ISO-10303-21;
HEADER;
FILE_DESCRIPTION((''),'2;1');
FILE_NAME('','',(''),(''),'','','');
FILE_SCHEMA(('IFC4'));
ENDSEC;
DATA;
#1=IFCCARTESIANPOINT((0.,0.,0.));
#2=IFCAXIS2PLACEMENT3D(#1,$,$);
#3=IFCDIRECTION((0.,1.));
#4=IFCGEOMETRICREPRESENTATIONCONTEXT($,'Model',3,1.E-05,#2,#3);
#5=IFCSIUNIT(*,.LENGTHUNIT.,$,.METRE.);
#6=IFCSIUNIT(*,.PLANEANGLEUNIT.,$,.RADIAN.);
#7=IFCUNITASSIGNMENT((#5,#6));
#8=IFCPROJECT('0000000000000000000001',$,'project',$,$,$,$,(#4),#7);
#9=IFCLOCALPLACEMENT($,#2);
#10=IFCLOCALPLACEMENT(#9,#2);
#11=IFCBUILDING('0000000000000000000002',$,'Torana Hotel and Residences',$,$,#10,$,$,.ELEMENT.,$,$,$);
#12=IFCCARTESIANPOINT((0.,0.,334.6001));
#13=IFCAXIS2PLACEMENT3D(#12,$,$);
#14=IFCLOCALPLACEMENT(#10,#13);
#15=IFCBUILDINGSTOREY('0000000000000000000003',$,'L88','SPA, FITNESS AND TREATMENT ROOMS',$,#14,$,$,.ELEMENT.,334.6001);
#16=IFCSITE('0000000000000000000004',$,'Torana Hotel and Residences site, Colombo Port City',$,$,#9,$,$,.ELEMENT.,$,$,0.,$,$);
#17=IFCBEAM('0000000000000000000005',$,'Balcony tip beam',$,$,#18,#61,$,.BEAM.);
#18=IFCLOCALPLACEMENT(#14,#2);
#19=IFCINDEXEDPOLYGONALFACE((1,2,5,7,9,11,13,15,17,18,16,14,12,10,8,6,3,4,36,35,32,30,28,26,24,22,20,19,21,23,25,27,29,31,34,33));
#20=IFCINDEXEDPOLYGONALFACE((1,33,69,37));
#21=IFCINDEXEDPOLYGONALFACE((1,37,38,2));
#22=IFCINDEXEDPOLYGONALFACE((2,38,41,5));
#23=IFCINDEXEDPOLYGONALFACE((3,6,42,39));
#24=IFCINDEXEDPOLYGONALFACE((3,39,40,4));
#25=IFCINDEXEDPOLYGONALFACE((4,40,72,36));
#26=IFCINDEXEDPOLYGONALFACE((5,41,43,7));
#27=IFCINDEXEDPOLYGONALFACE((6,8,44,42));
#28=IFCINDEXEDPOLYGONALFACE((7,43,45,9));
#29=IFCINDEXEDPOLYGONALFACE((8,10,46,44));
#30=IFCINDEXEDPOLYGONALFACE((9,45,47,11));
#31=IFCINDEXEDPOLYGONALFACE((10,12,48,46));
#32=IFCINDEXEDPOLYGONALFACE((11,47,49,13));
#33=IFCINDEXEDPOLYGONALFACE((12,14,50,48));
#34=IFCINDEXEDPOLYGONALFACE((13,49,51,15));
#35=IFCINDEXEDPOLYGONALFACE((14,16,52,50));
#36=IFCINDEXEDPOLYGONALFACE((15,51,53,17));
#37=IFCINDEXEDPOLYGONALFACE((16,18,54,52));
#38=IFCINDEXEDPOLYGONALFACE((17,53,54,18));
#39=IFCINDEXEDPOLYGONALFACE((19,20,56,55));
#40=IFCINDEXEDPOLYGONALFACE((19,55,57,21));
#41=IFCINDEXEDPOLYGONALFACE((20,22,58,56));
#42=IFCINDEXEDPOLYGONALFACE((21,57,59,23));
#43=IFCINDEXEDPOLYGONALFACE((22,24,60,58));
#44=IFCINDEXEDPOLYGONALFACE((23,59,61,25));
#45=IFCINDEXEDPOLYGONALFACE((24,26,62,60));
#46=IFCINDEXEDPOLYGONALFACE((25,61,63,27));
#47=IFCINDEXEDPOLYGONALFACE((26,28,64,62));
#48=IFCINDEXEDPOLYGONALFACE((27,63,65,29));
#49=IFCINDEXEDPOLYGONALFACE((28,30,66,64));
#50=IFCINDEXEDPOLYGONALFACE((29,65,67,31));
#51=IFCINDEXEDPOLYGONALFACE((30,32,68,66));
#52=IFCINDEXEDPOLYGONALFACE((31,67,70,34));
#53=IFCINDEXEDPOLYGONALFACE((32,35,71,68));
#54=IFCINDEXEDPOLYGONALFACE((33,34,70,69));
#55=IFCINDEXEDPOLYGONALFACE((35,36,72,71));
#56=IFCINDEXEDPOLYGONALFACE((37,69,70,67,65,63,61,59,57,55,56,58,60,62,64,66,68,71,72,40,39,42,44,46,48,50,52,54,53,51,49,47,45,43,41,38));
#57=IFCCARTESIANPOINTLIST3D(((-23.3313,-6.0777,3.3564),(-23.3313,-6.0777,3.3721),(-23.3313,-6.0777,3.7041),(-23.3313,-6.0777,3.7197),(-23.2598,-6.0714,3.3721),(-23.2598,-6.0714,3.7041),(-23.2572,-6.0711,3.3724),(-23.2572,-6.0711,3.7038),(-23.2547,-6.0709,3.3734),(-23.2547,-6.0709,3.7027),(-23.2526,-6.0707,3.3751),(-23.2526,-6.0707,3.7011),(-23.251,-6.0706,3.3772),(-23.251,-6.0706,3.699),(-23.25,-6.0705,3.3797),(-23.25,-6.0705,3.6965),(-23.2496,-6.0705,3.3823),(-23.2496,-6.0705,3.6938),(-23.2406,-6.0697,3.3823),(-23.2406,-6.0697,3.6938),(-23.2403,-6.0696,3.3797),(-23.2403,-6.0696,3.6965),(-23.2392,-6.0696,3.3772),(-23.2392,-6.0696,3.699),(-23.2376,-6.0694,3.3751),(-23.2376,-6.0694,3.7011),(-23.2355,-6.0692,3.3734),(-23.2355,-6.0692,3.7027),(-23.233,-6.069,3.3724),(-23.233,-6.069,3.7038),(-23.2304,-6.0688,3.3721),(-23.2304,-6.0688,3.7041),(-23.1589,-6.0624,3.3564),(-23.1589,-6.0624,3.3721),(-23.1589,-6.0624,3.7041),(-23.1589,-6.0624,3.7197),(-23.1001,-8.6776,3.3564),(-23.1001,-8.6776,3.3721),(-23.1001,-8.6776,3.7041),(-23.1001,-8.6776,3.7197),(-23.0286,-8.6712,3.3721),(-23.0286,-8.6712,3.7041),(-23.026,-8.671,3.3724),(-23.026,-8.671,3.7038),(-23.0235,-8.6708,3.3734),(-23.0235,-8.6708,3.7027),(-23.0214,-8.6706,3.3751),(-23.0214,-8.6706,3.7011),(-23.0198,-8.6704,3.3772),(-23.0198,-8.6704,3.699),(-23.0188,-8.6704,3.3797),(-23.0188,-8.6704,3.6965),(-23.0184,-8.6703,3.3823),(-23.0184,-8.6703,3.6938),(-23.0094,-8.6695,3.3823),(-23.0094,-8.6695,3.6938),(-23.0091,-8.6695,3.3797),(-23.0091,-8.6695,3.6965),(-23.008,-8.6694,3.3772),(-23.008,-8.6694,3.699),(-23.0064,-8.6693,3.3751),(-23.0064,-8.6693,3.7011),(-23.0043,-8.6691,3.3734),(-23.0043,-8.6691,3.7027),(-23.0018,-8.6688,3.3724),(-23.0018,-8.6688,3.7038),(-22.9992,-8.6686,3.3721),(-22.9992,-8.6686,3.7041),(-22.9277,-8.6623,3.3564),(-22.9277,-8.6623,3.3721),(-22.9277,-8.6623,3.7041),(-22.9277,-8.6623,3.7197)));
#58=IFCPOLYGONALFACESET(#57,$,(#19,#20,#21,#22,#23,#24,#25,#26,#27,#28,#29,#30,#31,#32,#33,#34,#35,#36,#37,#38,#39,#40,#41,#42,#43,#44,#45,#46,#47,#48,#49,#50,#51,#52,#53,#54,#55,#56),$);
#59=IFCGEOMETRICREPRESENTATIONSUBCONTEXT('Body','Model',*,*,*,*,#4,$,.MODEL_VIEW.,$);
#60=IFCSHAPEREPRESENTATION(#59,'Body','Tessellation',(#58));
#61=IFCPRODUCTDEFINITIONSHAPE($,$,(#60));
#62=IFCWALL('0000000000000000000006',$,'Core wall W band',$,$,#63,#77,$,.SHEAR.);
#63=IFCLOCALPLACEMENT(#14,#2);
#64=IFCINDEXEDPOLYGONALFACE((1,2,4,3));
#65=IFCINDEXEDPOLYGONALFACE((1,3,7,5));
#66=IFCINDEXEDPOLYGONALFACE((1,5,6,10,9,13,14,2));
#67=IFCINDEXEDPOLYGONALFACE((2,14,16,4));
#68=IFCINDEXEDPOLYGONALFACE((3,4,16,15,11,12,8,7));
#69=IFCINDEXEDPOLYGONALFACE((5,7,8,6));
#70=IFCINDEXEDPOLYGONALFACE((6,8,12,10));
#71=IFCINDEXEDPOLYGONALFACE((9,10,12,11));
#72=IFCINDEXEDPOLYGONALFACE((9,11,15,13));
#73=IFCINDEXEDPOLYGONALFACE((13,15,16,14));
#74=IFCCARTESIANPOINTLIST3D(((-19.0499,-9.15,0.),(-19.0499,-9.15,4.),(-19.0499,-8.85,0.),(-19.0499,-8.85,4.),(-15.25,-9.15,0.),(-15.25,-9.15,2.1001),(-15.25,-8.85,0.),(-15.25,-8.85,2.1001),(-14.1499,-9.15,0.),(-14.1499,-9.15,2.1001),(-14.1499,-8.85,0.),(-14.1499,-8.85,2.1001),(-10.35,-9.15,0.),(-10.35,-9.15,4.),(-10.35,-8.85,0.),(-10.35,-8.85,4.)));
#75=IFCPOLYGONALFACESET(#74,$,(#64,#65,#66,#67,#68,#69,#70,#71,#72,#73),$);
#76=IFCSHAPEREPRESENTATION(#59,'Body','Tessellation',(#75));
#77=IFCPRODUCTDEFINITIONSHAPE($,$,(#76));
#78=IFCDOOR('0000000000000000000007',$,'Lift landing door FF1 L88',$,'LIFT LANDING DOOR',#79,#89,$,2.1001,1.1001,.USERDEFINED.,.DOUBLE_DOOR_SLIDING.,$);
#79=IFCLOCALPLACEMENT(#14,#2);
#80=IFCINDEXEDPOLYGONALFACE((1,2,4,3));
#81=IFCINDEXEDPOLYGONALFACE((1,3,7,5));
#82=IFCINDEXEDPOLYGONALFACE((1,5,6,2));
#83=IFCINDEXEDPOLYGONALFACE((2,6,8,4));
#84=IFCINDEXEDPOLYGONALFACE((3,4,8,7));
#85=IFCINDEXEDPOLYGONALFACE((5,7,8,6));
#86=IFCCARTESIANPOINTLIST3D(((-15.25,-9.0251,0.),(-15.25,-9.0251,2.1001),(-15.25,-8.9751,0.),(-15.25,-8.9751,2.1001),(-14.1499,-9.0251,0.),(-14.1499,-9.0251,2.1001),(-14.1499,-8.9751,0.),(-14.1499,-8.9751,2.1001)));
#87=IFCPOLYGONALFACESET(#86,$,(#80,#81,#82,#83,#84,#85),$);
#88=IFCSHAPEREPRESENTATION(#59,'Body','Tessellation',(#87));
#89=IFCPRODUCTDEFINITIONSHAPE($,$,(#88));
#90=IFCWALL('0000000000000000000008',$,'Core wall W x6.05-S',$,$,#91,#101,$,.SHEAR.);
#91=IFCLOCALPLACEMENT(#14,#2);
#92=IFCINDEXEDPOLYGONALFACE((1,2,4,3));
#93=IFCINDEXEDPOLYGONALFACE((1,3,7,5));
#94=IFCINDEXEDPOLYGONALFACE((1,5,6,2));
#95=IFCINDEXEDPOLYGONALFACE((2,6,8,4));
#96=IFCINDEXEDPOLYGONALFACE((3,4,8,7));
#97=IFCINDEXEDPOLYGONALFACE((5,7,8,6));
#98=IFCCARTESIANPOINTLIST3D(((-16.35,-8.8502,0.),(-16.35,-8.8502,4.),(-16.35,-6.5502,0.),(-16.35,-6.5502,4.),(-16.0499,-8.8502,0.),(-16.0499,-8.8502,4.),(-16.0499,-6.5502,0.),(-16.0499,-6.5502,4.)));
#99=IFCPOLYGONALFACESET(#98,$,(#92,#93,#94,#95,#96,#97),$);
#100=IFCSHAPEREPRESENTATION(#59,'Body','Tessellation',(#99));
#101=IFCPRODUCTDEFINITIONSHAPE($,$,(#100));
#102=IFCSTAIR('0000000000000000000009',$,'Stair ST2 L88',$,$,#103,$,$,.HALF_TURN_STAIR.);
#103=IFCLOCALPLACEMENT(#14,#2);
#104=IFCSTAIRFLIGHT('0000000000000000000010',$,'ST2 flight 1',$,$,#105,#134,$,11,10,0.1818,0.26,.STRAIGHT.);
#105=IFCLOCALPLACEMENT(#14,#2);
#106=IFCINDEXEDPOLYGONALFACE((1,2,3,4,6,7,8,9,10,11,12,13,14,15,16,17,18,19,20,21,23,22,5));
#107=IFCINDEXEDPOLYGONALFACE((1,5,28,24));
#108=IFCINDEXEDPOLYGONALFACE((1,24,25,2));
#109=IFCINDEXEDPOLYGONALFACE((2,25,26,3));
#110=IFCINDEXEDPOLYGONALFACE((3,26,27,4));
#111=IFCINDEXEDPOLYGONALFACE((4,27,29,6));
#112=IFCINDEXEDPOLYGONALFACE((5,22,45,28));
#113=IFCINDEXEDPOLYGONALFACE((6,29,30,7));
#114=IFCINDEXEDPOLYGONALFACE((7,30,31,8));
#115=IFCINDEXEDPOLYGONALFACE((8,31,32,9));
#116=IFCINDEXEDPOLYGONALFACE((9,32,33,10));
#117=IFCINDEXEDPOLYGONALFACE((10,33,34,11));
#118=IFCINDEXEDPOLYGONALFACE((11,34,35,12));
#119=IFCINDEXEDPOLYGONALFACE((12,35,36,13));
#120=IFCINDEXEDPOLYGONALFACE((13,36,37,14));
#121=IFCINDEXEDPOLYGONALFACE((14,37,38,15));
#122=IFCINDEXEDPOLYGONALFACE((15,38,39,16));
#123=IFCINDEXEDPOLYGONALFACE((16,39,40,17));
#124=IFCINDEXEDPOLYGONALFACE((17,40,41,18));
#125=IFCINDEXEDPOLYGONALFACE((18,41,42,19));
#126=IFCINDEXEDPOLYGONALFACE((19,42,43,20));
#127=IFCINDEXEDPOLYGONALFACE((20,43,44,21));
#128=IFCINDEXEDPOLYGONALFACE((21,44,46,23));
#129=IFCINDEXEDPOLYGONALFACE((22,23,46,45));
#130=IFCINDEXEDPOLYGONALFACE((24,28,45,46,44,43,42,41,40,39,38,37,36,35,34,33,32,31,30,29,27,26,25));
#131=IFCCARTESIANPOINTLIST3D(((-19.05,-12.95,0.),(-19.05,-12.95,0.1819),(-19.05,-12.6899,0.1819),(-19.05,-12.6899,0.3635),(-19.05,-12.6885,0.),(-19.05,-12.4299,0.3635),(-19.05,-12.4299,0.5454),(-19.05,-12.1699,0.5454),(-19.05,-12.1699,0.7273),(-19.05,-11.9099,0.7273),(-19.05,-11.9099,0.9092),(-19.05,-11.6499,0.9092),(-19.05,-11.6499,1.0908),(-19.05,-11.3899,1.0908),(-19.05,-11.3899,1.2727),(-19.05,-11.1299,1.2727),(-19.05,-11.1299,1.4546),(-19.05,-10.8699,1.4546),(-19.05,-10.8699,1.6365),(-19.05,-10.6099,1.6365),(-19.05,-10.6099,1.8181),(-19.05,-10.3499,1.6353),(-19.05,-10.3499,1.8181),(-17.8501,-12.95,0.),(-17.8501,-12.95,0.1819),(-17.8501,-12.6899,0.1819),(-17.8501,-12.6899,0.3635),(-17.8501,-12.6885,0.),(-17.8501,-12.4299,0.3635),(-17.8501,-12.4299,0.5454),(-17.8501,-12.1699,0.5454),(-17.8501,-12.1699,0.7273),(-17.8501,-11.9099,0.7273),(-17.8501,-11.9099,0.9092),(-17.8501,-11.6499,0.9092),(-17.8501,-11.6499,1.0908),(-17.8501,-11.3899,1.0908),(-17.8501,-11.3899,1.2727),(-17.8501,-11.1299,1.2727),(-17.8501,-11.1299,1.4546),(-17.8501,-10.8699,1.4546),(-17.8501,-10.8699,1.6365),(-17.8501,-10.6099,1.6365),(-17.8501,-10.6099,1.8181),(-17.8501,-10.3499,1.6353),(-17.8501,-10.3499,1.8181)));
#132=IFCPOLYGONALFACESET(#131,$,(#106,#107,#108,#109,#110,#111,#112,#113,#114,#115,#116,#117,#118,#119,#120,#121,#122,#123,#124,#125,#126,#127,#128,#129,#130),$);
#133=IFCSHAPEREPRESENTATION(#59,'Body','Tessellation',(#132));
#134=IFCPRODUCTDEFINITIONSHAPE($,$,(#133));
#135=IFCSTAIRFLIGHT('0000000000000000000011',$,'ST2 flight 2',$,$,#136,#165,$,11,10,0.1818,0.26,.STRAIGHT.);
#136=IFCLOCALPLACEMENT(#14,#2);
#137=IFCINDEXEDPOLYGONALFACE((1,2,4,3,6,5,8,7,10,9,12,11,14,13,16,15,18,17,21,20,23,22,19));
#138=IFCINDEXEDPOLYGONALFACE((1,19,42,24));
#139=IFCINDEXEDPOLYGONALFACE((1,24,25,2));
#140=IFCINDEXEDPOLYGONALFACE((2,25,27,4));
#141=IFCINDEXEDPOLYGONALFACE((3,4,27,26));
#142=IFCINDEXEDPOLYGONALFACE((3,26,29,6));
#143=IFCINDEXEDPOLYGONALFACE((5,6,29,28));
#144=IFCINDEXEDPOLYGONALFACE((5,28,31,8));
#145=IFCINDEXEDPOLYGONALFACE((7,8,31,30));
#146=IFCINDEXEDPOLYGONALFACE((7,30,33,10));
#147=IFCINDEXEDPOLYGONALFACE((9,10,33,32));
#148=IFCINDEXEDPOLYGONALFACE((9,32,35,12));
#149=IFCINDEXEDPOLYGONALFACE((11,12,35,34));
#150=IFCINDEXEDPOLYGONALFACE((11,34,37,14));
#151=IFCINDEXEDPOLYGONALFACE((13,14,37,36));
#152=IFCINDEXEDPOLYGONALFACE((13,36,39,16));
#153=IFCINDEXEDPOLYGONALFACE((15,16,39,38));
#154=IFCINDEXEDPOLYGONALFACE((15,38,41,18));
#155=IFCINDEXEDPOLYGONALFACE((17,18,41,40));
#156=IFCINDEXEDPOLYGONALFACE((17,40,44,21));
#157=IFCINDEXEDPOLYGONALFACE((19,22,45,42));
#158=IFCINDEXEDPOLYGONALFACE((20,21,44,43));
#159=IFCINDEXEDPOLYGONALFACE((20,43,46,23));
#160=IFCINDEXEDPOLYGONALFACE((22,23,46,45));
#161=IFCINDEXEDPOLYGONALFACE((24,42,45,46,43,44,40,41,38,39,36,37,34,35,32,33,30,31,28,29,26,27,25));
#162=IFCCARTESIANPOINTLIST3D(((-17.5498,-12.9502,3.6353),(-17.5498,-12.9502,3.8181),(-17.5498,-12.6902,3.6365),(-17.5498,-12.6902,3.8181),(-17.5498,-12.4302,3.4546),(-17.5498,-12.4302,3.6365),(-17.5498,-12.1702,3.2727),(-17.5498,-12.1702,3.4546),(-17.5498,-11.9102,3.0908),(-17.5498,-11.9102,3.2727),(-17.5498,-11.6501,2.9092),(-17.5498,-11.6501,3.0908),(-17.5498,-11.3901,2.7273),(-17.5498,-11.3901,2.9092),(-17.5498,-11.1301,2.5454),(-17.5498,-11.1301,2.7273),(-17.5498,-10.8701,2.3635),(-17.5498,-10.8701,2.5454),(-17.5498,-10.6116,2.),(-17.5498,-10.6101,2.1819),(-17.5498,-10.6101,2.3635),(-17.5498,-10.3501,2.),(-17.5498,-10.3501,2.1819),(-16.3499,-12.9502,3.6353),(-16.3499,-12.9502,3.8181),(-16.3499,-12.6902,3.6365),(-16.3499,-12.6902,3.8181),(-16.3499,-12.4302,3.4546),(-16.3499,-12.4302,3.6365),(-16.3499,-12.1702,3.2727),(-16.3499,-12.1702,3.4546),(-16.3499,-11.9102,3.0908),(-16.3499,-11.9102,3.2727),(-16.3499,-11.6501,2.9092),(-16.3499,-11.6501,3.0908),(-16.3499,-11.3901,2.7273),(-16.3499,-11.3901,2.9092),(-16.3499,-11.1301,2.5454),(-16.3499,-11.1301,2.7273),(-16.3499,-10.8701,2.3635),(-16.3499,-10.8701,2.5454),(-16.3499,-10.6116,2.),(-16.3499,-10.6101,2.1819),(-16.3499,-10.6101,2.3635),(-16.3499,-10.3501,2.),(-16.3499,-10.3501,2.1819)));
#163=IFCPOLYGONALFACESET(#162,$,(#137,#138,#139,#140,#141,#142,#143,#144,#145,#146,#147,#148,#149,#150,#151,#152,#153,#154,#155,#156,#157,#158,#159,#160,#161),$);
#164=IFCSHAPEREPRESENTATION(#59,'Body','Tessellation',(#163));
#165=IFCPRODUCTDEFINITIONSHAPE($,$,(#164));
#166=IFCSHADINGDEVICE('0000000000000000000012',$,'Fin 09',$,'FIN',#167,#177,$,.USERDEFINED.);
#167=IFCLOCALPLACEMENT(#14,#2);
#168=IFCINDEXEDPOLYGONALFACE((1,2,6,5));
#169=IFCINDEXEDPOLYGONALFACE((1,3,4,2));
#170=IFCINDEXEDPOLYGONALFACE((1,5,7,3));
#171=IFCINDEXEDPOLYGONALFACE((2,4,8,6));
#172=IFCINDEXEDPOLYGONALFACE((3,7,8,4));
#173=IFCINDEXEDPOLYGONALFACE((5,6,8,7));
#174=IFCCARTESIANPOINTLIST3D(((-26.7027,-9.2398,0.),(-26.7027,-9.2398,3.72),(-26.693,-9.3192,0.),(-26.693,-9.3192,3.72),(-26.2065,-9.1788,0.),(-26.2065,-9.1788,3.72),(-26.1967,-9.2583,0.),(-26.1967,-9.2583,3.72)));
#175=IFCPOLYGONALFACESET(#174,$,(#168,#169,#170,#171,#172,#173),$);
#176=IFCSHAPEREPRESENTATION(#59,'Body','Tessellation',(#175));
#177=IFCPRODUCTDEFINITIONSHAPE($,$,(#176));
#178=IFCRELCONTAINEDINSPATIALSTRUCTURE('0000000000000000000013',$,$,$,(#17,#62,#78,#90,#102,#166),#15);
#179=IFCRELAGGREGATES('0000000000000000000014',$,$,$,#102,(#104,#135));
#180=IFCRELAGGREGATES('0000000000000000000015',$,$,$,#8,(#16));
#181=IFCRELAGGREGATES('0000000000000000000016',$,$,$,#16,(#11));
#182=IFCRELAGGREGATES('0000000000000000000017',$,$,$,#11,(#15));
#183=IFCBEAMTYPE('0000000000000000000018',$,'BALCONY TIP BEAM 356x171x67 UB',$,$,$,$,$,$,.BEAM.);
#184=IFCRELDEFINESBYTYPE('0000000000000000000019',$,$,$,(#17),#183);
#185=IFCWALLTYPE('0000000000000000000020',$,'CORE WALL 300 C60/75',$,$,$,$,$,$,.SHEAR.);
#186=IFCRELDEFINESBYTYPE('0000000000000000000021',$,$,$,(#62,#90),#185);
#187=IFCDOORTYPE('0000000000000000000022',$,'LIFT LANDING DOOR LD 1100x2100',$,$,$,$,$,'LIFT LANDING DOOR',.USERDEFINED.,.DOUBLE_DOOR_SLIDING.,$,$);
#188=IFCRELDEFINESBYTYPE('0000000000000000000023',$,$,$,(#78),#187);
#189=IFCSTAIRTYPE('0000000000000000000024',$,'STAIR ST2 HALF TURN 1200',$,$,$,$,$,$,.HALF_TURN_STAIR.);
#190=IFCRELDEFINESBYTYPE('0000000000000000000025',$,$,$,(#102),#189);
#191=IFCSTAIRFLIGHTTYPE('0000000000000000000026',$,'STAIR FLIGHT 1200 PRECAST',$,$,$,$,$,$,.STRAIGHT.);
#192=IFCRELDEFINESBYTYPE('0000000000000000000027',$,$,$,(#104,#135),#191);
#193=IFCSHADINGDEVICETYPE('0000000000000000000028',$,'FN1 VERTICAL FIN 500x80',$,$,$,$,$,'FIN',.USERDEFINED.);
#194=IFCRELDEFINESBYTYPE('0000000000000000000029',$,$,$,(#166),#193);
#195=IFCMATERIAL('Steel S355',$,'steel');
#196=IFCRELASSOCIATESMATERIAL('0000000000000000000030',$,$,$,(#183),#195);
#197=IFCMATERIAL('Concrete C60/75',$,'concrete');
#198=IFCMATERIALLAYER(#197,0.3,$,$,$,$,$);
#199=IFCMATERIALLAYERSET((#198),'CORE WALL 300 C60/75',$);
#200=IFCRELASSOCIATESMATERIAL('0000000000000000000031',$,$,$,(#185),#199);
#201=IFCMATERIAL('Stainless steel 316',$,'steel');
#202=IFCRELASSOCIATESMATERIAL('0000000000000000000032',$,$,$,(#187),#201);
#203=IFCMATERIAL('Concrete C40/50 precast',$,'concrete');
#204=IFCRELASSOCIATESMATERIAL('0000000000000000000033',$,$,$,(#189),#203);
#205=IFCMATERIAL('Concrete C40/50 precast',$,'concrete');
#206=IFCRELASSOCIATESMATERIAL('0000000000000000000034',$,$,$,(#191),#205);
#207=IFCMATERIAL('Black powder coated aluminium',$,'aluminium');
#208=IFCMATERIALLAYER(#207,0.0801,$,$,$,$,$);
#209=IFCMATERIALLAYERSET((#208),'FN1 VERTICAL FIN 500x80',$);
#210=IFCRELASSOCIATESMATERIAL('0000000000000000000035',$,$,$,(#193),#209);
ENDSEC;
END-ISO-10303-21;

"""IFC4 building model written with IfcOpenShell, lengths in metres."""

from ifc_helpers import new_model, si_unit, direction, frame, frame_2d, origin, origin_2d, place, context, subcontext, project, spatial, polyline, rectangle, i_section, outline, extrude, material, layer, layer_set, material_profile, profile_set, type_object, element, fill, aggregate, save


model = new_model("IFC4")

# Units and contexts
model_context = context("Model", 3, precision=1e-05, world=origin(), true_north=direction((0.0, 1.0)))
body_context = subcontext(model_context, "Body", "Model", "MODEL_VIEW")
ifc_project = project(units=[si_unit("LENGTHUNIT", "METRE"), si_unit("PLANEANGLEUNIT", "RADIAN")], contexts=[model_context])

# Site, building, storey
site_placement = place(None, origin())
site = spatial("IfcSite", under=ifc_project, at=site_placement, Name="Torana Hotel and Residences site, Colombo Port City", CompositionType="ELEMENT", RefElevation=0.0)
building_placement = place(site_placement, origin())
building = spatial("IfcBuilding", under=site, at=building_placement, Name="Torana Hotel and Residences", CompositionType="ELEMENT")
storey_placement = place(building_placement, frame((0.0, 0.0, 334.6001)))
storey = spatial("IfcBuildingStorey", under=building, at=storey_placement, Name="L88", Description="SPA, FITNESS AND TREATMENT ROOMS", CompositionType="ELEMENT", Elevation=334.6001)

# Beam
ifc_material_1 = material(Name="Steel S355", Category="steel")
ifc_material_profile_1 = material_profile(ifc_material_1, i_section(OverallWidth=0.1731, OverallDepth=0.3633, WebThickness=0.009, FlangeThickness=0.0156, FilletRadius=0.0103, at=origin_2d()), Name="356x171x67 UB")
ifc_profile_set_1 = profile_set([ifc_material_profile_1], Name="Steel S355")
beam_type_1 = type_object("IfcBeamType", Name="BALCONY TIP BEAM 356x171x67 UB", PredefinedType="BEAM", material=ifc_profile_set_1)
beam_1_placement = place(storey_placement, frame((-23.0139, -8.6699, 3.5381), z_axis=(-0.088579, 0.996069, 0.0), x_axis=(-0.996069, -0.088579, 0.0)))
element("IfcBeam", 1, at=beam_1_placement, inside=storey, type_object=beam_type_1, Name="Balcony tip beam", PredefinedType="BEAM", context=body_context, shape_type="SweptSolid", body=[
    extrude(i_section(OverallWidth=0.1731, OverallDepth=0.3633, WebThickness=0.009, FlangeThickness=0.0156, FilletRadius=0.0103, at=origin_2d()), origin(), (0.0, 0.0, 1.0), 2.6101),
])

# Wall, opening, door
ifc_material_2 = material(Name="Concrete C60/75", Category="concrete")
ifc_layer_1 = layer(ifc_material_2, 0.3)
ifc_layer_set_1 = layer_set([ifc_layer_1], Name="CORE WALL 300 C60/75")
wall_type = type_object("IfcWallType", Name="CORE WALL 300 C60/75", PredefinedType="SHEAR", material=ifc_layer_set_1)
wall_1_placement = place(storey_placement, frame((-19.05, -9.0, 0.0), z_axis=(0.0, 0.0, 1.0), x_axis=(1.0, 0.0, 0.0)))
wall_1 = element("IfcWall", 2, at=wall_1_placement, inside=storey, type_object=wall_type, Name="Core wall W band", PredefinedType="SHEAR", context=body_context, shape_type="SweptSolid", body=[
    extrude(rectangle(XDim=8.7, YDim=0.3, at=frame_2d((4.3501, 0.0))), origin(), (0.0, 0.0, 1.0), 4.0),
])
opening_placement = place(wall_1_placement, frame((3.8, 0.0, 0.0)))
opening = element("IfcOpeningElement", 3, at=opening_placement, cuts=wall_1, PredefinedType="OPENING", context=body_context, shape_type="SweptSolid", body=[
    extrude(rectangle(XDim=1.1001, YDim=2.1001, at=frame_2d((0.55, 1.05))), frame((0.0, 0.1599, 0.0), z_axis=(0.0, -1.0, 0.0), x_axis=(1.0, 0.0, 0.0)), (0.0, 0.0, 1.0), 0.3201),
])
ifc_material_3 = material(Name="Stainless steel 316", Category="steel")
door_type = type_object("IfcDoorType", Name="LIFT LANDING DOOR LD 1100x2100", ElementType="LIFT LANDING DOOR", OperationType="DOUBLE_DOOR_SLIDING", PredefinedType="USERDEFINED", material=ifc_material_3)
door_placement = place(opening_placement, origin())
door = element("IfcDoor", 4, at=door_placement, inside=storey, type_object=door_type, Name="Lift landing door FF1 L88", ObjectType="LIFT LANDING DOOR", OperationType="DOUBLE_DOOR_SLIDING", OverallHeight=2.1001, OverallWidth=1.1001, PredefinedType="USERDEFINED", context=body_context, shape_type="SweptSolid", body=[
    extrude(rectangle(XDim=1.1001, YDim=2.1001, at=frame_2d((0.55, 1.05))), frame((0.0, 0.0249, 0.0), z_axis=(0.0, -1.0, 0.0), x_axis=(1.0, 0.0, 0.0)), (0.0, 0.0, 1.0), 0.05),
])
fill(opening, door)

# Wall
wall_2_placement = place(storey_placement, frame((-16.2, -8.8501, 0.0), z_axis=(0.0, 0.0, 1.0), x_axis=(0.0, 1.0, 0.0)))
element("IfcWall", 5, at=wall_2_placement, inside=storey, type_object=wall_type, Name="Core wall W x6.05-S", PredefinedType="SHEAR", context=body_context, shape_type="SweptSolid", body=[
    extrude(rectangle(XDim=2.3, YDim=0.3, at=frame_2d((1.1499, 0.0))), origin(), (0.0, 0.0, 1.0), 4.0),
])

# Stair, stair flights
ifc_material_4 = material(Name="Concrete C40/50 precast", Category="concrete")
stair_type = type_object("IfcStairType", Name="STAIR ST2 HALF TURN 1200", PredefinedType="HALF_TURN_STAIR", material=ifc_material_4)
stair_placement = place(storey_placement, origin())
stair = element("IfcStair", 6, at=stair_placement, inside=storey, type_object=stair_type, Name="Stair ST2 L88", PredefinedType="HALF_TURN_STAIR")
ifc_material_5 = material(Name="Concrete C40/50 precast", Category="concrete")
stair_flight_type = type_object("IfcStairFlightType", Name="STAIR FLIGHT 1200 PRECAST", PredefinedType="STRAIGHT", material=ifc_material_5)
stair_flight_1_placement = place(storey_placement, frame((-18.45, -12.95, 0.0), z_axis=(0.0, 0.0, 1.0), x_axis=(0.0, 1.0, 0.0)))
stair_flight_1 = element("IfcStairFlight", 7, at=stair_flight_1_placement, type_object=stair_flight_type, Name="ST2 flight 1", NumberOfRisers=11, NumberOfTreads=10, PredefinedType="STRAIGHT", RiserHeight=0.1818, TreadLength=0.26, context=body_context, shape_type="SweptSolid", body=[
    extrude(outline(polyline([(0.0, 0.0), (0.0, 0.1819), (0.26, 0.1819), (0.26, 0.3635), (0.52, 0.3635), (0.52, 0.5454), (0.78, 0.5454), (0.78, 0.7273), (1.04, 0.7273), (1.04, 0.9092), (1.3, 0.9092), (1.3, 1.0908), (1.5601, 1.0908), (1.5601, 1.2727), (1.8201, 1.2727), (1.8201, 1.4546), (2.0801, 1.4546), (2.0801, 1.6365), (2.3401, 1.6365), (2.3401, 1.8181), (2.6001, 1.8181), (2.6001, 2.0), (2.6001, 1.6353), (0.2615, 0.0), (0.0, 0.0)])), frame((0.0, 0.6001, 0.0), z_axis=(0.0, -1.0, 0.0), x_axis=(1.0, 0.0, 0.0)), (0.0, 0.0, 1.0), 1.2),
])
stair_flight_2_placement = place(storey_placement, frame((-16.95, -10.3501, 2.0), z_axis=(0.0, 0.0, 1.0), x_axis=(0.0, -1.0, 0.0)))
stair_flight_2 = element("IfcStairFlight", 8, at=stair_flight_2_placement, type_object=stair_flight_type, Name="ST2 flight 2", NumberOfRisers=11, NumberOfTreads=10, PredefinedType="STRAIGHT", RiserHeight=0.1818, TreadLength=0.26, context=body_context, shape_type="SweptSolid", body=[
    extrude(outline(polyline([(0.0, 0.0), (0.0, 0.1819), (0.26, 0.1819), (0.26, 0.3635), (0.52, 0.3635), (0.52, 0.5454), (0.78, 0.5454), (0.78, 0.7273), (1.04, 0.7273), (1.04, 0.9092), (1.3, 0.9092), (1.3, 1.0908), (1.5601, 1.0908), (1.5601, 1.2727), (1.8201, 1.2727), (1.8201, 1.4546), (2.0801, 1.4546), (2.0801, 1.6365), (2.3401, 1.6365), (2.3401, 1.8181), (2.6001, 1.8181), (2.6001, 2.0), (2.6001, 1.6353), (0.2615, 0.0), (0.0, 0.0)])), frame((0.0, 0.6001, 0.0), z_axis=(0.0, -1.0, 0.0), x_axis=(1.0, 0.0, 0.0)), (0.0, 0.0, 1.0), 1.2),
])
aggregate(stair, [stair_flight_1, stair_flight_2])

# Shading device
ifc_material_6 = material(Name="Black powder coated aluminium", Category="aluminium")
ifc_layer_2 = layer(ifc_material_6, 0.0801)
ifc_layer_set_2 = layer_set([ifc_layer_2], Name="FN1 VERTICAL FIN 500x80")
shading_device_type = type_object("IfcShadingDeviceType", Name="FN1 VERTICAL FIN 500x80", ElementType="FIN", PredefinedType="USERDEFINED", material=ifc_layer_set_2)
shading_device_placement = place(storey_placement, frame((-26.4497, -9.249, 0.0), z_axis=(0.0, 0.0, 1.0), x_axis=(-0.121871, 0.992546, 0.0)))
element("IfcShadingDevice", 9, at=shading_device_placement, inside=storey, type_object=shading_device_type, Name="Fin 09", ObjectType="FIN", PredefinedType="USERDEFINED", context=body_context, shape_type="SweptSolid", body=[
    extrude(rectangle(XDim=0.0801, YDim=0.5, at=origin_2d()), origin(), (0.0, 0.0, 1.0), 3.72),
])

save(model, "model.ifc")
